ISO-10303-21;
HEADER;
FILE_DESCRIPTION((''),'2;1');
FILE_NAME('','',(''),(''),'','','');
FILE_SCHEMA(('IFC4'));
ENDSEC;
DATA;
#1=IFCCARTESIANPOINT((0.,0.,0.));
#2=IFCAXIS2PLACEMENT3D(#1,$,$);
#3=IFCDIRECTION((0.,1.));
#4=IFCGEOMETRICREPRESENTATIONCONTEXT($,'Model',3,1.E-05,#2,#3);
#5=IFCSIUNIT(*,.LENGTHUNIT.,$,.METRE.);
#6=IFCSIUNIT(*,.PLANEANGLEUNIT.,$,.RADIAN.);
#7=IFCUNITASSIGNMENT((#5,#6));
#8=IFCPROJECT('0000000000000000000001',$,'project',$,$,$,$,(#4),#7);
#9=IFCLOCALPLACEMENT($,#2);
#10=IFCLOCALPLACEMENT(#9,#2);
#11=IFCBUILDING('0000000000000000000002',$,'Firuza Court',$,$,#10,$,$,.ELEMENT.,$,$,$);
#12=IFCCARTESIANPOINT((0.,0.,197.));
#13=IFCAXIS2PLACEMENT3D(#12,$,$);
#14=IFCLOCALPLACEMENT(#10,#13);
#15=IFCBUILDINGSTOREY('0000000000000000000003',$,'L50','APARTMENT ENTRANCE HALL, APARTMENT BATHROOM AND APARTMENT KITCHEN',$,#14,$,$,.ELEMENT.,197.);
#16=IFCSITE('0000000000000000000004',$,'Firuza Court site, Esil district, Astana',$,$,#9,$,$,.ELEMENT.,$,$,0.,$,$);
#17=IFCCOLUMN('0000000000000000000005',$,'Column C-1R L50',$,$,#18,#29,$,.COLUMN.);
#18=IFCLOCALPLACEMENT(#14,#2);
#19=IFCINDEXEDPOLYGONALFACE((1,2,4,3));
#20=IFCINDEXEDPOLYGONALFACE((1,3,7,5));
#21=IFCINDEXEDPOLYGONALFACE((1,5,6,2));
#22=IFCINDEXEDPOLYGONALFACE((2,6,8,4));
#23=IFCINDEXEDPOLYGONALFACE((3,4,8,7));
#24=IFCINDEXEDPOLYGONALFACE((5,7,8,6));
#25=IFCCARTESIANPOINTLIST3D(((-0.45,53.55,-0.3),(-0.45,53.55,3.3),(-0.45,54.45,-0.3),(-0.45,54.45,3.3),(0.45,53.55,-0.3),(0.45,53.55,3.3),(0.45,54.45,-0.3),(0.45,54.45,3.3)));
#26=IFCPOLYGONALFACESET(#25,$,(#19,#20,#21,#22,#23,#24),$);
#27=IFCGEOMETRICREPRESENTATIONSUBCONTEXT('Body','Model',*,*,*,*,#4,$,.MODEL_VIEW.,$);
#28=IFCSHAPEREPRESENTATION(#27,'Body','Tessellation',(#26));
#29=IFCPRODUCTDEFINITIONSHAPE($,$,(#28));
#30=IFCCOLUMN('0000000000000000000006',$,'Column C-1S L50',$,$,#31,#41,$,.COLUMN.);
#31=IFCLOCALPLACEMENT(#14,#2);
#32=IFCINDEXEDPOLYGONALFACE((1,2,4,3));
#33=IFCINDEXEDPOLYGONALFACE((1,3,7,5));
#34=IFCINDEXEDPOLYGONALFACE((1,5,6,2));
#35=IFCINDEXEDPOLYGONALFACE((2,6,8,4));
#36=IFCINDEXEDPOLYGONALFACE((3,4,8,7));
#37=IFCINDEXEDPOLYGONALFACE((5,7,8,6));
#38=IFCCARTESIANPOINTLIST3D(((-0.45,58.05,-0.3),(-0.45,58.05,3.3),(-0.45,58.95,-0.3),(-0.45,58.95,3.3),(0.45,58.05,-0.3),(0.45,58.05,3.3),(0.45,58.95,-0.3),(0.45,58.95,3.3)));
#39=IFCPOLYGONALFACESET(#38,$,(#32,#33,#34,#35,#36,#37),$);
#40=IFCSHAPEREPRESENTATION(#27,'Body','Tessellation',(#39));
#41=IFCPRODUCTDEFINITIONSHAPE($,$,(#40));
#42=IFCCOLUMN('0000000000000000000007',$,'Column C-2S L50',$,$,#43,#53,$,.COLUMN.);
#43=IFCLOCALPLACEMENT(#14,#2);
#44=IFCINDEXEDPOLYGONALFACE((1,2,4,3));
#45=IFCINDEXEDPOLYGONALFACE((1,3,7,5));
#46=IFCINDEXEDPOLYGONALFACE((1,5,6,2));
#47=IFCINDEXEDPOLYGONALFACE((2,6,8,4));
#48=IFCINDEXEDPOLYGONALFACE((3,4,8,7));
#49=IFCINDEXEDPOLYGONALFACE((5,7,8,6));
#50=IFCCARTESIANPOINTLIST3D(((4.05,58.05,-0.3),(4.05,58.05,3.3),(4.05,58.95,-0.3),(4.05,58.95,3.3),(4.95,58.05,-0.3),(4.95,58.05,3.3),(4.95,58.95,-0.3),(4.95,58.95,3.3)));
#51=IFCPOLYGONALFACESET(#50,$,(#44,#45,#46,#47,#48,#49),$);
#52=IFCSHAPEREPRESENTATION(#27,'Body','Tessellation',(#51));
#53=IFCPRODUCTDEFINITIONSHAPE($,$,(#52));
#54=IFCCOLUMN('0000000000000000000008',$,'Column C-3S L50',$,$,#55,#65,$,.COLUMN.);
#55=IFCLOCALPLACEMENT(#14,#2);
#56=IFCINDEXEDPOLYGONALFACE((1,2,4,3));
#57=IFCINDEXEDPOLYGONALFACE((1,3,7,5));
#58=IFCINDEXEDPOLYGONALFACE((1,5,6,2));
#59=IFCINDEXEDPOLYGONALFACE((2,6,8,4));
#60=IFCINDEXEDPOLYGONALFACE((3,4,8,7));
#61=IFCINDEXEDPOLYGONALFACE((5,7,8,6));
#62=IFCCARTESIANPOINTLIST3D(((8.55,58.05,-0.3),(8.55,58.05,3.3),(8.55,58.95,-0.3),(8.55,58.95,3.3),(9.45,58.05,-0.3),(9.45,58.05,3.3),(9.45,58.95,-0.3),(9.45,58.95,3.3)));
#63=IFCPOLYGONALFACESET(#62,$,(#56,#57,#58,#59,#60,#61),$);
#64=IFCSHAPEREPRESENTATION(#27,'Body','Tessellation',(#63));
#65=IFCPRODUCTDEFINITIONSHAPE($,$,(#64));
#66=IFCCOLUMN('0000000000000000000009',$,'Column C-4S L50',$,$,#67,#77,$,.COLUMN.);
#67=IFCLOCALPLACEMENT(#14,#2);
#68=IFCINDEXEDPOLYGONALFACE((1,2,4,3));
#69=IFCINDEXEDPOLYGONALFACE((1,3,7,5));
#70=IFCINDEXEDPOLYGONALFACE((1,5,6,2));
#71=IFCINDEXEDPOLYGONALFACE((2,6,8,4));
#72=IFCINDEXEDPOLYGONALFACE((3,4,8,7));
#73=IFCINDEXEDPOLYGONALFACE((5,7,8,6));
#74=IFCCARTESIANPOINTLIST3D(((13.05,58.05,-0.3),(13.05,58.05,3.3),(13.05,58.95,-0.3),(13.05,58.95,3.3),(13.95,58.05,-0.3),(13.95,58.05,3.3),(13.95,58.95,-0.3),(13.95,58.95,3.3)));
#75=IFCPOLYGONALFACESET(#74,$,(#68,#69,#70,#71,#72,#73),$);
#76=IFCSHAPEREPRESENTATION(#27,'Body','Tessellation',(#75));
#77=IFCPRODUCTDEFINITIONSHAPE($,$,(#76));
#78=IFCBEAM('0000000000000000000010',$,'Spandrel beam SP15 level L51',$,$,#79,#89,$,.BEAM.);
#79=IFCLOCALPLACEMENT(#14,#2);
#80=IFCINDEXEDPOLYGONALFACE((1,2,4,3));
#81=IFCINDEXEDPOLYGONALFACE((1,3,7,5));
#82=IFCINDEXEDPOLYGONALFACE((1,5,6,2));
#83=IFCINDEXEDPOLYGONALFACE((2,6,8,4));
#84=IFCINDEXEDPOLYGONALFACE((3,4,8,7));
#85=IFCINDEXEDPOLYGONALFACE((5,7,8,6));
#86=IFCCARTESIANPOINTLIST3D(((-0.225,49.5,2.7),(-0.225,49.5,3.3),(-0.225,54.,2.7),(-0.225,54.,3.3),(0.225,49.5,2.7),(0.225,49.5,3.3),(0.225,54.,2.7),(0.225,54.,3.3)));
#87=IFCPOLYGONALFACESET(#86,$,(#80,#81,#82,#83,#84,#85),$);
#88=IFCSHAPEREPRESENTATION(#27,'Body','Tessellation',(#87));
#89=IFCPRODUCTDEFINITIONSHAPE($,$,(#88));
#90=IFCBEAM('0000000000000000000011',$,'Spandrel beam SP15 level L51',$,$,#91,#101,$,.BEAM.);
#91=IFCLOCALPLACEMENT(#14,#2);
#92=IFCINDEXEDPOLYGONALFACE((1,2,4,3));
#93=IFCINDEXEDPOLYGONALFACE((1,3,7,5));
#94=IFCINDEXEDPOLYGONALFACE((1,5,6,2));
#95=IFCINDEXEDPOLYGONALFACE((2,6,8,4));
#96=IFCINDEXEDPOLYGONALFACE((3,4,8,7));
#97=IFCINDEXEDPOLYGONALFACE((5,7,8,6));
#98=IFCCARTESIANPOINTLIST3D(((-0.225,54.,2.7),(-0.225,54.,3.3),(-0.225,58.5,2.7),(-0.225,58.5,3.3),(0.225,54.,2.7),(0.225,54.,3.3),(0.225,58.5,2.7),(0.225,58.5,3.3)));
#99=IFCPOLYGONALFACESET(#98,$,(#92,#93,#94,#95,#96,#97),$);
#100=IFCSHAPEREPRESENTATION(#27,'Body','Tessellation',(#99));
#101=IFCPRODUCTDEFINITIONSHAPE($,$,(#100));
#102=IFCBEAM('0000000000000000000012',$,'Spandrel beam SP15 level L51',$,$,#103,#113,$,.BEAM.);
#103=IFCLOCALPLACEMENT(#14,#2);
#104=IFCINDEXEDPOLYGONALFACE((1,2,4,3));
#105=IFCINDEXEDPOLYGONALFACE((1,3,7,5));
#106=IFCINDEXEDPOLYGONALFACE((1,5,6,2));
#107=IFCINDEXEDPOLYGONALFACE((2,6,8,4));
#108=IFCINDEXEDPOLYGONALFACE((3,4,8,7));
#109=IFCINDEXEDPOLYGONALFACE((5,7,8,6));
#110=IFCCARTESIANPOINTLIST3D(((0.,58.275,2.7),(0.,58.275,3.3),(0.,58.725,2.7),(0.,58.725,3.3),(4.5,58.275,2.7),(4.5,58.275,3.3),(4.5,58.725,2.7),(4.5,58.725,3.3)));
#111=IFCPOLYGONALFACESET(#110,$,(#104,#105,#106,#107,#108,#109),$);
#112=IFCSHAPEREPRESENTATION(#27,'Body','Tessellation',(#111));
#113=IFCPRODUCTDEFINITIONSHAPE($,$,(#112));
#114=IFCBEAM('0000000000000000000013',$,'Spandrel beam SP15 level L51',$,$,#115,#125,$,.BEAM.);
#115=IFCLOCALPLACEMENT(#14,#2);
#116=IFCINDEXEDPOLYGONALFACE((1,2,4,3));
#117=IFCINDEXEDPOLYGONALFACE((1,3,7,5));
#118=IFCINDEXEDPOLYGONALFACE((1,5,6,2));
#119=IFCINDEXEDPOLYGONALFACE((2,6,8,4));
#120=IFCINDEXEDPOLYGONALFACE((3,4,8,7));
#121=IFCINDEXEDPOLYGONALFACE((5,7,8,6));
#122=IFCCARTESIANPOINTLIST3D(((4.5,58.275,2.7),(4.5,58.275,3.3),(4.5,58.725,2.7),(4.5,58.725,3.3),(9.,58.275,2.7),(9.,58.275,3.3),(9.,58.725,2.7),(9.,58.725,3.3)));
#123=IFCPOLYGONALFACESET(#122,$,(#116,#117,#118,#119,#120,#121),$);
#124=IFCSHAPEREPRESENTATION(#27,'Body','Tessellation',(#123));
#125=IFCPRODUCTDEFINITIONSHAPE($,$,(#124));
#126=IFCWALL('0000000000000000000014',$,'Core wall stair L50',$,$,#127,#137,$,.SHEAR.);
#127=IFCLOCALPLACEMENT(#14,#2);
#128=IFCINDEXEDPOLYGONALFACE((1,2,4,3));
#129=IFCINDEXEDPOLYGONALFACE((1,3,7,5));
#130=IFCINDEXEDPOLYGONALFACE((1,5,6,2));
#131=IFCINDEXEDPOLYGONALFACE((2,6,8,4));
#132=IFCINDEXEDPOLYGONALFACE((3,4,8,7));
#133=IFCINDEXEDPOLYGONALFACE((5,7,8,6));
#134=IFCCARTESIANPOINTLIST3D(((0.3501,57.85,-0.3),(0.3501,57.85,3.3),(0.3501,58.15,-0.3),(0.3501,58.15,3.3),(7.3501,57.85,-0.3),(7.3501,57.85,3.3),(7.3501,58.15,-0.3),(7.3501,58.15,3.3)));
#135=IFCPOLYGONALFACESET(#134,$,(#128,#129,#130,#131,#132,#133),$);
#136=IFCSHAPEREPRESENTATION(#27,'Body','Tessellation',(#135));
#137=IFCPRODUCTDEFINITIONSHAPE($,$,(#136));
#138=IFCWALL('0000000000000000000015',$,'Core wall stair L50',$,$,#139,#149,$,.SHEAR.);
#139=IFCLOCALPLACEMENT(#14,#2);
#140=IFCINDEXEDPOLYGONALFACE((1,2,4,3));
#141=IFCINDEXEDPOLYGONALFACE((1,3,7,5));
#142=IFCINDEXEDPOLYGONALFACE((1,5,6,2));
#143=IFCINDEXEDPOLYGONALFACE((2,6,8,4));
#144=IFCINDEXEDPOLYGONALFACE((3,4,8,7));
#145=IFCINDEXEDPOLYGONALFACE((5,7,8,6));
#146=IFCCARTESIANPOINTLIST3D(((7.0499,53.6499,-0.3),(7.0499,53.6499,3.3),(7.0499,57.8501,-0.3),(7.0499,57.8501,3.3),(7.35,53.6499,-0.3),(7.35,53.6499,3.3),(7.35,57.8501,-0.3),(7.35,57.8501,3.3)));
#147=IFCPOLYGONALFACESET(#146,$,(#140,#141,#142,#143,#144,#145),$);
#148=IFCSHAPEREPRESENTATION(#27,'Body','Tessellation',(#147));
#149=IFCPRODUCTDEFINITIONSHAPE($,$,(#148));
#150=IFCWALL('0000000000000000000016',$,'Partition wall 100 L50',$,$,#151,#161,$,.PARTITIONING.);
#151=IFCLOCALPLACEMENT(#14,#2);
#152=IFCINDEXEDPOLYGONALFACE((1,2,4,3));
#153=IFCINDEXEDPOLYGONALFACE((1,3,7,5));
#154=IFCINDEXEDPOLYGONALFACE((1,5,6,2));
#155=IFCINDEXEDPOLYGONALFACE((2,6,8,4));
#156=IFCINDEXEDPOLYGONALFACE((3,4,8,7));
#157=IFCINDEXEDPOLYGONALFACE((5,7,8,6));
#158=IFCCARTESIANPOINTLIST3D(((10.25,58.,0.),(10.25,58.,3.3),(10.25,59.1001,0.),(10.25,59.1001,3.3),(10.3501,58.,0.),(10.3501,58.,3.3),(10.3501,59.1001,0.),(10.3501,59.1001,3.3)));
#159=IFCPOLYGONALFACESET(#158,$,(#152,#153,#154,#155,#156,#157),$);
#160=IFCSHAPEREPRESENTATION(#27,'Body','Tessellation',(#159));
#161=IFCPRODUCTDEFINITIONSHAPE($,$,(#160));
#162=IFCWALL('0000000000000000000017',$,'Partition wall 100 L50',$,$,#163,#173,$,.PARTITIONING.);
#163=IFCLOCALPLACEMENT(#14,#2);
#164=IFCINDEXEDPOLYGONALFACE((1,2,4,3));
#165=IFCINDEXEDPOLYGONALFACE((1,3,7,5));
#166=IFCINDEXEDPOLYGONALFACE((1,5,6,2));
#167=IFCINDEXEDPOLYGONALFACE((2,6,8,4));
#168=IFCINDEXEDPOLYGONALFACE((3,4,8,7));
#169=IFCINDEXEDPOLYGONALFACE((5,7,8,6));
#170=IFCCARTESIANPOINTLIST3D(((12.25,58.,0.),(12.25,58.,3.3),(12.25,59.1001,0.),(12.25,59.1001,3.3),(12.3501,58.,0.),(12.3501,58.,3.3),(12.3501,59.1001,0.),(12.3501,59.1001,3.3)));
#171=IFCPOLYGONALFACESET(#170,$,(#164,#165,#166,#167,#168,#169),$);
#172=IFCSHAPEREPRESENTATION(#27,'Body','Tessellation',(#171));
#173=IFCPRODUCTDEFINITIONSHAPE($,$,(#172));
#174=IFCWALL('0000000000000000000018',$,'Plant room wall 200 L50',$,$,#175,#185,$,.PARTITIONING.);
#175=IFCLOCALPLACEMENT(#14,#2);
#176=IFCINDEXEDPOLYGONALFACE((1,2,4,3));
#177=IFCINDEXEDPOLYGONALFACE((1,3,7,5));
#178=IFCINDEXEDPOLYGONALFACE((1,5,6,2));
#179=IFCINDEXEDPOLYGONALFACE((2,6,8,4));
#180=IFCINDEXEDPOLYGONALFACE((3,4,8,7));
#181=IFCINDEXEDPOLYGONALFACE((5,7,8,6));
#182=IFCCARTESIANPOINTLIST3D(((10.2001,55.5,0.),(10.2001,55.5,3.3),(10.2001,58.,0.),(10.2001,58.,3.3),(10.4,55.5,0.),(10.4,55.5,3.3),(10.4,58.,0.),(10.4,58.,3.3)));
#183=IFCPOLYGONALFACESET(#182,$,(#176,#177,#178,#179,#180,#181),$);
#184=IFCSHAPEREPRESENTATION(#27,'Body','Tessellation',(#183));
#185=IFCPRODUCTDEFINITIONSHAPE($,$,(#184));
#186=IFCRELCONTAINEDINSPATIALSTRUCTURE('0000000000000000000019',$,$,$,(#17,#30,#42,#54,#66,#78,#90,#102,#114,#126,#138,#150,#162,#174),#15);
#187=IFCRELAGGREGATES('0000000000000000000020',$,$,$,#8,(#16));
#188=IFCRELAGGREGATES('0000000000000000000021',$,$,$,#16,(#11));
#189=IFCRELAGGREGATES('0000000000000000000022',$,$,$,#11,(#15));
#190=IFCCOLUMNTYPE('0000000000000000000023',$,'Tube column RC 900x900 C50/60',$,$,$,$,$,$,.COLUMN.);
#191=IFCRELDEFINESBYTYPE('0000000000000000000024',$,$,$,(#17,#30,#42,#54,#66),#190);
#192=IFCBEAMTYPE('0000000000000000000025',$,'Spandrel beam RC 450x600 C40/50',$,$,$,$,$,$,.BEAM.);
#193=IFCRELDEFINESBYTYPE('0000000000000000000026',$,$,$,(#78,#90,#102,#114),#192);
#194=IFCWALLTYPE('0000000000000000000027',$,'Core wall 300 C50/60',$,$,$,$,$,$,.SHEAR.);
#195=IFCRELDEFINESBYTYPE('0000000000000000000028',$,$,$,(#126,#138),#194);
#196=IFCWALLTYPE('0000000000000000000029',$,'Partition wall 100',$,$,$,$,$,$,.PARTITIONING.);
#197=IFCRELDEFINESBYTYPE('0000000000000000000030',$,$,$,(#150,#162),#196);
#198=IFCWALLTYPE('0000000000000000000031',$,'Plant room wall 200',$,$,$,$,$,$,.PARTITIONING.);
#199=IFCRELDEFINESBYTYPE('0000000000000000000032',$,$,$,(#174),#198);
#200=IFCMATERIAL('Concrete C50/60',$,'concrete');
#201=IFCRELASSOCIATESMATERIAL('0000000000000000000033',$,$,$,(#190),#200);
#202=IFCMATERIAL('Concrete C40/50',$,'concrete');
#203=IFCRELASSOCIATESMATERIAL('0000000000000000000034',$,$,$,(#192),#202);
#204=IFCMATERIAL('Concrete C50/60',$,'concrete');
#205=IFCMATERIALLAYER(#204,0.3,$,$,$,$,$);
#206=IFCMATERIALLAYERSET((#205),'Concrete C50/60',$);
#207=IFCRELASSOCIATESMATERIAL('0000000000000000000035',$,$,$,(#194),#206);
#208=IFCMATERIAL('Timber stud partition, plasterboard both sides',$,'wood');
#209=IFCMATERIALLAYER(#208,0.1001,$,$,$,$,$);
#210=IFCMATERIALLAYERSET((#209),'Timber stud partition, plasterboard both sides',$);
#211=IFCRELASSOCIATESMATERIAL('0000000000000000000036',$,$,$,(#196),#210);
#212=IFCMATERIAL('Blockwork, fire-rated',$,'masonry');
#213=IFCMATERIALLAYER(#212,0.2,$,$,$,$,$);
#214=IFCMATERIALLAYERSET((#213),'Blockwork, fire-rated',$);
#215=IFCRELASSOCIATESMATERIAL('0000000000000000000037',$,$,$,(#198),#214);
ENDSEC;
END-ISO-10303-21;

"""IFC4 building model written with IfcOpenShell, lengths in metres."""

from ifc_helpers import new_model, si_unit, direction, frame, frame_2d, origin, origin_2d, place, context, subcontext, project, spatial, rectangle, extrude, material, layer, layer_set, material_profile, profile_set, type_object, element, save


model = new_model("IFC4")

# Units and contexts
model_context = context("Model", 3, precision=1e-05, world=origin(), true_north=direction((0.0, 1.0)))
body_context = subcontext(model_context, "Body", "Model", "MODEL_VIEW")
ifc_project = project(units=[si_unit("LENGTHUNIT", "METRE"), si_unit("PLANEANGLEUNIT", "RADIAN")], contexts=[model_context])

# Site, building, storey
site_placement = place(None, origin())
site = spatial("IfcSite", under=ifc_project, at=site_placement, Name="Firuza Court site, Esil district, Astana", CompositionType="ELEMENT", RefElevation=0.0)
building_placement = place(site_placement, origin())
building = spatial("IfcBuilding", under=site, at=building_placement, Name="Firuza Court", CompositionType="ELEMENT")
storey_placement = place(building_placement, frame((0.0, 0.0, 197.0)))
storey = spatial("IfcBuildingStorey", under=building, at=storey_placement, Name="L50", Description="APARTMENT ENTRANCE HALL, APARTMENT BATHROOM AND APARTMENT KITCHEN", CompositionType="ELEMENT", Elevation=197.0)

# Columns
ifc_material_1 = material(Name="Concrete C50/60", Category="concrete")
ifc_material_profile_1 = material_profile(ifc_material_1, rectangle(XDim=0.8999, YDim=0.8999, at=origin_2d()), Name="RC 900x900")
ifc_profile_set_1 = profile_set([ifc_material_profile_1], Name="Concrete C50/60")
column_type = type_object("IfcColumnType", Name="Tube column RC 900x900 C50/60", PredefinedType="COLUMN", material=ifc_profile_set_1)
for number, where, z_axis, x_axis, name in (
    (1, (0.0, 54.0, -0.3), (0.0, 0.0, 1.0), (1.0, 0.0, 0.0), "Column C-1R L50"),
    (2, (0.0, 58.5, -0.3), (0.0, 0.0, 1.0), (1.0, 0.0, 0.0), "Column C-1S L50"),
    (3, (4.5, 58.5, -0.3), (0.0, 0.0, 1.0), (1.0, 0.0, 0.0), "Column C-2S L50"),
    (4, (9.0, 58.5, -0.3), (0.0, 0.0, 1.0), (1.0, 0.0, 0.0), "Column C-3S L50"),
    (5, (13.5, 58.5, -0.3), (0.0, 0.0, 1.0), (1.0, 0.0, 0.0), "Column C-4S L50"),
):
    element("IfcColumn", number, at=place(storey_placement, frame(where, z_axis=z_axis, x_axis=x_axis)), inside=storey, type_object=column_type, Name=name, PredefinedType="COLUMN", context=body_context, shape_type="SweptSolid", body=[
        extrude(rectangle(XDim=0.8999, YDim=0.8999, at=origin_2d()), origin(), (0.0, 0.0, 1.0), 3.6001),
    ])

# Beams
ifc_material_2 = material(Name="Concrete C40/50", Category="concrete")
ifc_material_profile_2 = material_profile(ifc_material_2, rectangle(XDim=0.45, YDim=0.6001, at=origin_2d()), Name="RC 450x600")
ifc_profile_set_2 = profile_set([ifc_material_profile_2], Name="Concrete C40/50")
beam_type = type_object("IfcBeamType", Name="Spandrel beam RC 450x600 C40/50", PredefinedType="BEAM", material=ifc_profile_set_2)
for number, where, z_axis, x_axis, name in (
    (6, (0.0, 54.0, 3.0), (0.0, -1.0, 0.0), (1.0, 0.0, 0.0), "Spandrel beam SP15 level L51"),
    (7, (0.0, 58.5, 3.0), (0.0, -1.0, 0.0), (1.0, 0.0, 0.0), "Spandrel beam SP15 level L51"),
    (8, (4.5, 58.5, 3.0), (-1.0, 0.0, 0.0), (0.0, -1.0, 0.0), "Spandrel beam SP15 level L51"),
    (9, (9.0, 58.5, 3.0), (-1.0, 0.0, 0.0), (0.0, -1.0, 0.0), "Spandrel beam SP15 level L51"),
):
    element("IfcBeam", number, at=place(storey_placement, frame(where, z_axis=z_axis, x_axis=x_axis)), inside=storey, type_object=beam_type, Name=name, PredefinedType="BEAM", context=body_context, shape_type="SweptSolid", body=[
        extrude(rectangle(XDim=0.45, YDim=0.6001, at=origin_2d()), origin(), (0.0, 0.0, 1.0), 4.5),
    ])

# Walls
ifc_material_3 = material(Name="Concrete C50/60", Category="concrete")
ifc_layer_1 = layer(ifc_material_3, 0.3)
ifc_layer_set_1 = layer_set([ifc_layer_1], Name="Concrete C50/60")
wall_type_1 = type_object("IfcWallType", Name="Core wall 300 C50/60", PredefinedType="SHEAR", material=ifc_layer_set_1)
wall_1_placement = place(storey_placement, frame((0.3501, 58.0, -0.3), z_axis=(0.0, 0.0, 1.0), x_axis=(1.0, 0.0, 0.0)))
element("IfcWall", 10, at=wall_1_placement, inside=storey, type_object=wall_type_1, Name="Core wall stair L50", PredefinedType="SHEAR", context=body_context, shape_type="SweptSolid", body=[
    extrude(rectangle(XDim=7.0, YDim=0.3, at=frame_2d((3.5, 0.0))), origin(), (0.0, 0.0, 1.0), 3.6001),
])
wall_2_placement = place(storey_placement, frame((7.2, 53.6499, -0.3), z_axis=(0.0, 0.0, 1.0), x_axis=(0.0, 1.0, 0.0)))
element("IfcWall", 11, at=wall_2_placement, inside=storey, type_object=wall_type_1, Name="Core wall stair L50", PredefinedType="SHEAR", context=body_context, shape_type="SweptSolid", body=[
    extrude(rectangle(XDim=4.2002, YDim=0.3, at=frame_2d((2.1001, 0.0))), origin(), (0.0, 0.0, 1.0), 3.6001),
])
ifc_material_4 = material(Name="Timber stud partition, plasterboard both sides", Category="wood")
ifc_layer_2 = layer(ifc_material_4, 0.1001)
ifc_layer_set_2 = layer_set([ifc_layer_2], Name="Timber stud partition, plasterboard both sides")
wall_type_2 = type_object("IfcWallType", Name="Partition wall 100", PredefinedType="PARTITIONING", material=ifc_layer_set_2)
for number, where, z_axis, x_axis, name in (
    (12, (10.3, 58.0, 0.0), (0.0, 0.0, 1.0), (0.0, 1.0, 0.0), "Partition wall 100 L50"),
    (13, (12.3, 58.0, 0.0), (0.0, 0.0, 1.0), (0.0, 1.0, 0.0), "Partition wall 100 L50"),
):
    element("IfcWall", number, at=place(storey_placement, frame(where, z_axis=z_axis, x_axis=x_axis)), inside=storey, type_object=wall_type_2, Name=name, PredefinedType="PARTITIONING", context=body_context, shape_type="SweptSolid", body=[
        extrude(rectangle(XDim=1.1001, YDim=0.1001, at=frame_2d((0.55, 0.0))), origin(), (0.0, 0.0, 1.0), 3.3),
    ])
ifc_material_5 = material(Name="Blockwork, fire-rated", Category="masonry")
ifc_layer_3 = layer(ifc_material_5, 0.2)
ifc_layer_set_3 = layer_set([ifc_layer_3], Name="Blockwork, fire-rated")
wall_type_3 = type_object("IfcWallType", Name="Plant room wall 200", PredefinedType="PARTITIONING", material=ifc_layer_set_3)
wall_3_placement = place(storey_placement, frame((10.3, 55.5, 0.0), z_axis=(0.0, 0.0, 1.0), x_axis=(0.0, 1.0, 0.0)))
element("IfcWall", 14, at=wall_3_placement, inside=storey, type_object=wall_type_3, Name="Plant room wall 200 L50", PredefinedType="PARTITIONING", context=body_context, shape_type="SweptSolid", body=[
    extrude(rectangle(XDim=2.5, YDim=0.2, at=frame_2d((1.25, 0.0))), origin(), (0.0, 0.0, 1.0), 3.3),
])

save(model, "model.ifc")
